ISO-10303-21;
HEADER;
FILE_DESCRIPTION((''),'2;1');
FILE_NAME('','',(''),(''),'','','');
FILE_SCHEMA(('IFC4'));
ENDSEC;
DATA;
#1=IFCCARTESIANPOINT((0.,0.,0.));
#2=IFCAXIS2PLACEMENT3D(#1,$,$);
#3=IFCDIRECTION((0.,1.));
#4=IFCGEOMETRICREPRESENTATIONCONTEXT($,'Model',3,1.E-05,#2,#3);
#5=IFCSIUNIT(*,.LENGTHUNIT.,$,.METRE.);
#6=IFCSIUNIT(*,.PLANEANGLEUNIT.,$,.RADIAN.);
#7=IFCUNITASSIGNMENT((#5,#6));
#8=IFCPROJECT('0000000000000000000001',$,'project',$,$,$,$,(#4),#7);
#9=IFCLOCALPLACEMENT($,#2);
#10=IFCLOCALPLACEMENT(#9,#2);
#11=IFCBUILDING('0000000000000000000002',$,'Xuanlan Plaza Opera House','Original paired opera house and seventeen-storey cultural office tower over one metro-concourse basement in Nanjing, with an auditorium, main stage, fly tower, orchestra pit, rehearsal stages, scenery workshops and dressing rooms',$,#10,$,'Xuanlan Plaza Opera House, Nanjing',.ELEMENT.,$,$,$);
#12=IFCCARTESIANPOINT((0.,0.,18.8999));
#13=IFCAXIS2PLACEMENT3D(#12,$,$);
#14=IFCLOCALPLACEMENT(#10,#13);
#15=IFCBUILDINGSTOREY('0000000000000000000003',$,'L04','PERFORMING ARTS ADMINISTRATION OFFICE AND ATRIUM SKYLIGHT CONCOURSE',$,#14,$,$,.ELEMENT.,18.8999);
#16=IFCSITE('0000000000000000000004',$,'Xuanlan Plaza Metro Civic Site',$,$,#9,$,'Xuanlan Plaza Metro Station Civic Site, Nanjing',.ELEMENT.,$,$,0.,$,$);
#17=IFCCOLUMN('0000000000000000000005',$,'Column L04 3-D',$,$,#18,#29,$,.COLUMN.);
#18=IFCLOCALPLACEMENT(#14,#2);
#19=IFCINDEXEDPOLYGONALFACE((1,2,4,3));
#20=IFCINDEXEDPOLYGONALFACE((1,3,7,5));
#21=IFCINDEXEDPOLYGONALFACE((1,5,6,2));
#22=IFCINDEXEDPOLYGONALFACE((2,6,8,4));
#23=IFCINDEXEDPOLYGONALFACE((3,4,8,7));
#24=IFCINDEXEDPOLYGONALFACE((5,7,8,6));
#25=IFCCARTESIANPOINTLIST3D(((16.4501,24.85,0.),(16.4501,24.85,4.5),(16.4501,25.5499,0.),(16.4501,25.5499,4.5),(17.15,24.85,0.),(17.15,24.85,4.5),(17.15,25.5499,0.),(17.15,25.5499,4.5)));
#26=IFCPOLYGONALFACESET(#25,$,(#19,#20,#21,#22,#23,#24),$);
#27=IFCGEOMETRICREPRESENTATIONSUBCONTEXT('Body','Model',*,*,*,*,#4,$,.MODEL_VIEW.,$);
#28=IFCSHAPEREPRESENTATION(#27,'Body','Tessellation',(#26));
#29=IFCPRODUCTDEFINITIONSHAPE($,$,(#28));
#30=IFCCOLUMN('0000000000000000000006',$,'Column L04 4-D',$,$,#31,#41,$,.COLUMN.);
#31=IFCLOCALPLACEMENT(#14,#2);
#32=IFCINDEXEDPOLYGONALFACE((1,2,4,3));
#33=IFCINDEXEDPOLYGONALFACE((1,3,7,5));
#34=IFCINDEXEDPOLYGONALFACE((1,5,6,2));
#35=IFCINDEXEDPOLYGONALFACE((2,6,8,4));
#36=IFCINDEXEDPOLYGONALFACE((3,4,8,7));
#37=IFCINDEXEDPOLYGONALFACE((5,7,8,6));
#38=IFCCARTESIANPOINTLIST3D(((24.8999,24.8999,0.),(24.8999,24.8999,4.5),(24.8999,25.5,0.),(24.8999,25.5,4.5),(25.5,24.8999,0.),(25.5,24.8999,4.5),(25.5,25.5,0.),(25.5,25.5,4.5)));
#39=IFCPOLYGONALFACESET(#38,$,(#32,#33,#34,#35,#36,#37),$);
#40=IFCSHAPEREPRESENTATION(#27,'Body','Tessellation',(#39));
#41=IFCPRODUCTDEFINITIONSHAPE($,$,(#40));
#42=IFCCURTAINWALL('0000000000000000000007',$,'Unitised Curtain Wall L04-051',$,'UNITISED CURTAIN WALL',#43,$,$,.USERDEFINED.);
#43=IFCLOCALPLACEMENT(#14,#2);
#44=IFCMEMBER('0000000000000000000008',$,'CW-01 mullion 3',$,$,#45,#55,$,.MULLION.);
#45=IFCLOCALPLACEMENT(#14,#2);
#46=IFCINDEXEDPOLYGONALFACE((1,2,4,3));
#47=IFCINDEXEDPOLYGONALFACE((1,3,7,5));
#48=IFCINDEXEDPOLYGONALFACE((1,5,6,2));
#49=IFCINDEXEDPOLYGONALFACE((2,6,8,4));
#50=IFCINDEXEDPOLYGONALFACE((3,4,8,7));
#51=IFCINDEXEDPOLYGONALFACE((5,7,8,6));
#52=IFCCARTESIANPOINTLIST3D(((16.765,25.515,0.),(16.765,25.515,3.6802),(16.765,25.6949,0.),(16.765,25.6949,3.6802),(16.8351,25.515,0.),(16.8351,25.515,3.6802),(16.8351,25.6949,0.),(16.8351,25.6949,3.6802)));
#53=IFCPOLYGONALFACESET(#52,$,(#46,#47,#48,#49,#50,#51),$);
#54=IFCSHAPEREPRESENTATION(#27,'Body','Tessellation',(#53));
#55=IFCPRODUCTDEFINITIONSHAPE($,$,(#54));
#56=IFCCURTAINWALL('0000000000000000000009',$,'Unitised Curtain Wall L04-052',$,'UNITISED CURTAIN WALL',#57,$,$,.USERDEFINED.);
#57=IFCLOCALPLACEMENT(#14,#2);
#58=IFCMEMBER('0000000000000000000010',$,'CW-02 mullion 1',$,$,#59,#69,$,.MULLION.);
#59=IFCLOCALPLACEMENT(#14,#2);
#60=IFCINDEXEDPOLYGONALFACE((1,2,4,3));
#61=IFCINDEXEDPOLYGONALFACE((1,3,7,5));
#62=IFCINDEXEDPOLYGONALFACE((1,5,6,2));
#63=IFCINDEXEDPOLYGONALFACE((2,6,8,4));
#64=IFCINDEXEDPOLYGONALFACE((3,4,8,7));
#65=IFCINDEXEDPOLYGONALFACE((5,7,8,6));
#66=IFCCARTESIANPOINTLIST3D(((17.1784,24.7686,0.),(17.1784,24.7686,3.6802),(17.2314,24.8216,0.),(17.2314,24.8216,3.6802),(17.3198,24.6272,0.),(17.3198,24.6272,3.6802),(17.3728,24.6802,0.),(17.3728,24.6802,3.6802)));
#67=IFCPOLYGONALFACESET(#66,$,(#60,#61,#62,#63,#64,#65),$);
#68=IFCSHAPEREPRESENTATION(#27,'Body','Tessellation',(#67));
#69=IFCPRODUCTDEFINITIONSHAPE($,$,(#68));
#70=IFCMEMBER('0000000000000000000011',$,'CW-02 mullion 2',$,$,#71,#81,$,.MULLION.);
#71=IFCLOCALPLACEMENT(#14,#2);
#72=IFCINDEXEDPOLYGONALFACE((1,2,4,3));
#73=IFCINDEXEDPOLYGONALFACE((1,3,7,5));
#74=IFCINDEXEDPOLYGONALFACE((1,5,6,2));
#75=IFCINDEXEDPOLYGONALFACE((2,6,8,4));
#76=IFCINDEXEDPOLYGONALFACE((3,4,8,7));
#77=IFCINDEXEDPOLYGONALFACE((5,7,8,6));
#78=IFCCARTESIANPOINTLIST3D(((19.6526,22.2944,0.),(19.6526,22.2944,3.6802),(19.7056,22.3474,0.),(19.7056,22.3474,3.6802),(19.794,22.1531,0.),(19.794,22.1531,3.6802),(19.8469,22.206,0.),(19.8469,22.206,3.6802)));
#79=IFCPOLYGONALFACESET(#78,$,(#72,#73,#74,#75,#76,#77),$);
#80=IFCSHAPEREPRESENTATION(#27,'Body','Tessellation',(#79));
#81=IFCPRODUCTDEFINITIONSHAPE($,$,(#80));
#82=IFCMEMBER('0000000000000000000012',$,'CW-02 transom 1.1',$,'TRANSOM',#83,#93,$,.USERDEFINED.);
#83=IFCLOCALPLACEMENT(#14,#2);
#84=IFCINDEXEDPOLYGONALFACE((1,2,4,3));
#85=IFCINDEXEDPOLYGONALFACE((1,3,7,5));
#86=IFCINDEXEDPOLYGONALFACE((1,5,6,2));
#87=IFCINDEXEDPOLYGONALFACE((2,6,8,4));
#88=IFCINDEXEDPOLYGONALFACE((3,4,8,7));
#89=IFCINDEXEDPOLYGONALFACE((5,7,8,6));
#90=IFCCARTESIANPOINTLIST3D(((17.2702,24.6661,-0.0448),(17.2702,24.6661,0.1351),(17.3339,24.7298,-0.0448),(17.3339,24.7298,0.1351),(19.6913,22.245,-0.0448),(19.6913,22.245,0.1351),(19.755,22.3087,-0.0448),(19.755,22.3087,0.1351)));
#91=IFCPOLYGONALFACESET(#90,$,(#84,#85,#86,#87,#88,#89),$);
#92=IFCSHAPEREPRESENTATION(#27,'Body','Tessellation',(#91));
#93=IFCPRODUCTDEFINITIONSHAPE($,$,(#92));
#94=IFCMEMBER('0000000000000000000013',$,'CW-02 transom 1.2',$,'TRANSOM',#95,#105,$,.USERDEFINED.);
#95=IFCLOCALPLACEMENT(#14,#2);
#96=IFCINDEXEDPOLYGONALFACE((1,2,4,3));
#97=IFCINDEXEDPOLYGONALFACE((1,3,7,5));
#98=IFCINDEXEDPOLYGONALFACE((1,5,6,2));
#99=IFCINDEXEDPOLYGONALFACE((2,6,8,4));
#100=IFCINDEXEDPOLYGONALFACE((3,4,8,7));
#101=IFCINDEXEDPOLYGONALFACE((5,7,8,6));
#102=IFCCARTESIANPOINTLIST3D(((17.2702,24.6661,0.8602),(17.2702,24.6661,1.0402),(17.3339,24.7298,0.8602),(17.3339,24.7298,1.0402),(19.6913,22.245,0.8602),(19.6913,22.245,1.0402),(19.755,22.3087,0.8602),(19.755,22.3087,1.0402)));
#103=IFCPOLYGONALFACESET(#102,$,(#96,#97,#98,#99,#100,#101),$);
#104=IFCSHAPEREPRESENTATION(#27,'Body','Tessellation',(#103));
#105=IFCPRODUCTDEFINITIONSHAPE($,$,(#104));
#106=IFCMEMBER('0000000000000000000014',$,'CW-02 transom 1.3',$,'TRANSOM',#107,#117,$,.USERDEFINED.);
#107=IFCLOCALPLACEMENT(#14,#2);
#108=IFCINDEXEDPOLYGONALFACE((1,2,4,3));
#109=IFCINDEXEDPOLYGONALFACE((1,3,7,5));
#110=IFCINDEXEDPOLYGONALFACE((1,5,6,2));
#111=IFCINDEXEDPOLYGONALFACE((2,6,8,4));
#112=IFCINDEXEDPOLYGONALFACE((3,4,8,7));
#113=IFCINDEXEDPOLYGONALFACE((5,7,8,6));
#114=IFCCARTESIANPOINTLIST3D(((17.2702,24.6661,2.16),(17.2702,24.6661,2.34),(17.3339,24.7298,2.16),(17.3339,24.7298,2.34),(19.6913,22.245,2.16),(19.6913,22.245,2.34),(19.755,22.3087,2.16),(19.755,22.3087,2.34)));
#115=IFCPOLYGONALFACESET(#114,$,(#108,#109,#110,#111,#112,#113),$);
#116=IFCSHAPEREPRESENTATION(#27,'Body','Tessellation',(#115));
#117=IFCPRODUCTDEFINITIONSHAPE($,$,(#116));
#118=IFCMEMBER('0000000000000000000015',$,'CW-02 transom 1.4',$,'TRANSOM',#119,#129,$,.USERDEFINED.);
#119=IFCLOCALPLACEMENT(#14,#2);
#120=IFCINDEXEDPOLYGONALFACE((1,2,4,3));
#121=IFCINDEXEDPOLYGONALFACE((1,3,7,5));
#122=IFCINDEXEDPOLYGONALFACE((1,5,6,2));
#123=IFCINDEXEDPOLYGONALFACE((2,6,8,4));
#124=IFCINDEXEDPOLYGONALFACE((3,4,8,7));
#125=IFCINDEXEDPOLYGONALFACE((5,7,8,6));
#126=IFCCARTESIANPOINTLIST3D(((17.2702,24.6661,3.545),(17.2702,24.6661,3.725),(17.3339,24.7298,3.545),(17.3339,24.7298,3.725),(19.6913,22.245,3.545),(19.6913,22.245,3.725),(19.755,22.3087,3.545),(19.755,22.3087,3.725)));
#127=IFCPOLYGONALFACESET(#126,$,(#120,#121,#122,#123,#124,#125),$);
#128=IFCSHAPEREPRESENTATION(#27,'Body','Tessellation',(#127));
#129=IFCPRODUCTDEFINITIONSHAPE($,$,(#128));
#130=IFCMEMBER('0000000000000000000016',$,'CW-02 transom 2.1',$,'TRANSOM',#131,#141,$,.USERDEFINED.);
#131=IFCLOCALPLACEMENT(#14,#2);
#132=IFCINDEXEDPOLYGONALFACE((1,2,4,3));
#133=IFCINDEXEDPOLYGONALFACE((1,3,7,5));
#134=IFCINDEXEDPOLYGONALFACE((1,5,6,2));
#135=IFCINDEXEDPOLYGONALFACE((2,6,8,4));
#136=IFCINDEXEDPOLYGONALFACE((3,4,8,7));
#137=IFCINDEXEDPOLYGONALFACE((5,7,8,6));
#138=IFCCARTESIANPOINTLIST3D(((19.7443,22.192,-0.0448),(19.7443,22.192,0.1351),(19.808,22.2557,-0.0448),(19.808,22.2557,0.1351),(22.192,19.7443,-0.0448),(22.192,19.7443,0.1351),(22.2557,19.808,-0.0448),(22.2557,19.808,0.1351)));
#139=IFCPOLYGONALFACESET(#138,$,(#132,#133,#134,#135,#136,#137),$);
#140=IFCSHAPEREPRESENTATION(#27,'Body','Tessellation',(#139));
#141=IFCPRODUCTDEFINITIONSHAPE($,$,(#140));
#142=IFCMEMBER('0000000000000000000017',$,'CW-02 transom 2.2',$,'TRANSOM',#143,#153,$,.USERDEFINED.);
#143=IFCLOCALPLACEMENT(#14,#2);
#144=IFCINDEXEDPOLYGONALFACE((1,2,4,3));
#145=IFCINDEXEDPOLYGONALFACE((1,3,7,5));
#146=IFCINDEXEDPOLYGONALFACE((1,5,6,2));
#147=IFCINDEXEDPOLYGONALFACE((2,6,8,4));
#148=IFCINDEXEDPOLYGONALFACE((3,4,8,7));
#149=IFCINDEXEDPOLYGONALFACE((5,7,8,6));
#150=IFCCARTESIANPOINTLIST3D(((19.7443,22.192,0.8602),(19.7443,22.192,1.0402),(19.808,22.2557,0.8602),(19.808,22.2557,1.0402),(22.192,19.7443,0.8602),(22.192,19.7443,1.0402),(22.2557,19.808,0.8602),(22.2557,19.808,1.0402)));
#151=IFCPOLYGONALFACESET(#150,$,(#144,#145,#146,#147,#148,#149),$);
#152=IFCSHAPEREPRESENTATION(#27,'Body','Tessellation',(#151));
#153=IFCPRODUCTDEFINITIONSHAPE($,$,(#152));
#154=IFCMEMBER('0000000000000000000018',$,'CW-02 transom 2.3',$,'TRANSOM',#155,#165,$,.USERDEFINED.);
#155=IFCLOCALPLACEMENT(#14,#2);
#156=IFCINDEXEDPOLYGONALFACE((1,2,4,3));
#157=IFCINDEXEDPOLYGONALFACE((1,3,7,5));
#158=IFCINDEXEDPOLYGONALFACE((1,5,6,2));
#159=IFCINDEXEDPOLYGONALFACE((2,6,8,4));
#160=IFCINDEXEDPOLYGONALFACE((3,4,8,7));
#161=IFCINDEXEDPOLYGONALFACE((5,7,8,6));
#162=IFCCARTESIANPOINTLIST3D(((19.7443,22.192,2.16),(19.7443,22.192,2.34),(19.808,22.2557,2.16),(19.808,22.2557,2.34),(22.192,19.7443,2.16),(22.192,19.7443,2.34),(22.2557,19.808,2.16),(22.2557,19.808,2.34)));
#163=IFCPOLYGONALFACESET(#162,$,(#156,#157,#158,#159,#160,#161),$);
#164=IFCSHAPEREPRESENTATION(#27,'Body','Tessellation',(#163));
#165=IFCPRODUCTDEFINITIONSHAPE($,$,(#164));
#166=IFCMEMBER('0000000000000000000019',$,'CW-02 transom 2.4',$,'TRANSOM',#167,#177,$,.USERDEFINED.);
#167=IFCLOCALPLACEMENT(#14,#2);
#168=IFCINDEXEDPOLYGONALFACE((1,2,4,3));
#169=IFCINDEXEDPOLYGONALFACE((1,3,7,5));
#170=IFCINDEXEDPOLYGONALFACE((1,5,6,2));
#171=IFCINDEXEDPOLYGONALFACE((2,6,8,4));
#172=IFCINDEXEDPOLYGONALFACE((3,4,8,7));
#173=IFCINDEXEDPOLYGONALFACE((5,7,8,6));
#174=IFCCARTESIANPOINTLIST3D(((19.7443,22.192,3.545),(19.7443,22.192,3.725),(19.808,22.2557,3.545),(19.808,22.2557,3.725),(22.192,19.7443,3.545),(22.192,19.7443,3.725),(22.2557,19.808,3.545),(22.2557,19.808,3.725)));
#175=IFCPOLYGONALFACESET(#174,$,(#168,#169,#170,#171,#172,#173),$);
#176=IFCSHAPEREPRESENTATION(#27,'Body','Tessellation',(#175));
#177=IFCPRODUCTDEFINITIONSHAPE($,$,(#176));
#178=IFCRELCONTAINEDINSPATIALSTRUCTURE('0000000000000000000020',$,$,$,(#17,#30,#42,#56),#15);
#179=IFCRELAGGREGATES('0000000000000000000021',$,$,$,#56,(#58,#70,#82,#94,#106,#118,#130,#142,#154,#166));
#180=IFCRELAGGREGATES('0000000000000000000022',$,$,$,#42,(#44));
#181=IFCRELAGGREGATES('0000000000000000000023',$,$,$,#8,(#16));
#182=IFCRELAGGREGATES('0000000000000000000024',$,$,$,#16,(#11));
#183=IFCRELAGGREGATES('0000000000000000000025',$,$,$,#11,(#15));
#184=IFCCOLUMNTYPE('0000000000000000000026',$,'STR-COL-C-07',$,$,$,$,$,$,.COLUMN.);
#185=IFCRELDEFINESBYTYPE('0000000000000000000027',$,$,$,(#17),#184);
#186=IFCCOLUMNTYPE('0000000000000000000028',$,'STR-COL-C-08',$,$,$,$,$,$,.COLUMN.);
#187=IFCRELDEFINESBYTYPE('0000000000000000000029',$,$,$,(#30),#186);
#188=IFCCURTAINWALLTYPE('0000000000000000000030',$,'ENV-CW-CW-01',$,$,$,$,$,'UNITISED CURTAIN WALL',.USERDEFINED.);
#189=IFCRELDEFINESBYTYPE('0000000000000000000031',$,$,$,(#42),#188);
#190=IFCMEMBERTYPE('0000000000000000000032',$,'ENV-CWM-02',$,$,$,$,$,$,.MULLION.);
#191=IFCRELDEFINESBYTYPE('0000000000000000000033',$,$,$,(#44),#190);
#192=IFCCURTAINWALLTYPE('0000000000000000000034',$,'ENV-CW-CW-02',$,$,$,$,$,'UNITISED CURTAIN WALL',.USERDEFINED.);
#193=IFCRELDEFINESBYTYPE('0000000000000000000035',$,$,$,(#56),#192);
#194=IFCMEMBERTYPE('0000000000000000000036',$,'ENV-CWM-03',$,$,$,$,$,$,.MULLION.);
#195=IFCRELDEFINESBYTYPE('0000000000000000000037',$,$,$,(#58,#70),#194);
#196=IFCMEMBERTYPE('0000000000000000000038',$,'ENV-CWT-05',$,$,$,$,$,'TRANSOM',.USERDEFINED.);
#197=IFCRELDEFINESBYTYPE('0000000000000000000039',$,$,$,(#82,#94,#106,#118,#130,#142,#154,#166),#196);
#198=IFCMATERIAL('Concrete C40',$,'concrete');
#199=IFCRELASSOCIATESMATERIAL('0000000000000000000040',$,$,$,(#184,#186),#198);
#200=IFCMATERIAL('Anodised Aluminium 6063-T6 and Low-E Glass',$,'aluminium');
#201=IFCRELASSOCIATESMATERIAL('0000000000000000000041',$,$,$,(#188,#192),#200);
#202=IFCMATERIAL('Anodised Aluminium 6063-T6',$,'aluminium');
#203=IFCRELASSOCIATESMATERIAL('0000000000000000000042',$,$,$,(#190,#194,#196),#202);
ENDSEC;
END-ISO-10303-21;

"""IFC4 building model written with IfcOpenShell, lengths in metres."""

from ifc_helpers import new_model, si_unit, direction, frame, origin, origin_2d, place, context, subcontext, project, spatial, rectangle, extrude, material, material_profile, profile_set, type_object, element, aggregate, save


model = new_model("IFC4")

# Units and contexts
model_context = context("Model", 3, precision=1e-05, world=origin(), true_north=direction((0.0, 1.0)))
body_context = subcontext(model_context, "Body", "Model", "MODEL_VIEW")
ifc_project = project(units=[si_unit("LENGTHUNIT", "METRE"), si_unit("PLANEANGLEUNIT", "RADIAN")], contexts=[model_context])

# Site, building, storey
site_placement = place(None, origin())
site = spatial("IfcSite", under=ifc_project, at=site_placement, Name="Xuanlan Plaza Metro Civic Site", LongName="Xuanlan Plaza Metro Station Civic Site, Nanjing", CompositionType="ELEMENT", RefElevation=0.0)
building_placement = place(site_placement, origin())
building = spatial("IfcBuilding", under=site, at=building_placement, Name="Xuanlan Plaza Opera House", Description="Original paired opera house and seventeen-storey cultural office tower over one metro-concourse basement in Nanjing, with an auditorium, main stage, fly tower, orchestra pit, rehearsal stages, scenery workshops and dressing rooms", LongName="Xuanlan Plaza Opera House, Nanjing", CompositionType="ELEMENT")
storey_placement = place(building_placement, frame((0.0, 0.0, 18.8999)))
storey = spatial("IfcBuildingStorey", under=building, at=storey_placement, Name="L04", Description="PERFORMING ARTS ADMINISTRATION OFFICE AND ATRIUM SKYLIGHT CONCOURSE", CompositionType="ELEMENT", Elevation=18.8999)

# Columns
ifc_material_1 = material(Name="Concrete C40", Category="concrete")
ifc_material_profile_1 = material_profile(ifc_material_1, rectangle(XDim=0.7, YDim=0.7, at=origin_2d()), Name="RC-COL 700x700")
ifc_profile_set_1 = profile_set([ifc_material_profile_1], Name="Concrete C40")
column_type_1 = type_object("IfcColumnType", Name="STR-COL-C-07", PredefinedType="COLUMN", material=ifc_profile_set_1)
column_1_placement = place(storey_placement, frame((16.8, 25.2, 0.0), z_axis=(0.0, 0.0, 1.0), x_axis=(1.0, 0.0, 0.0)))
element("IfcColumn", 1, at=column_1_placement, inside=storey, type_object=column_type_1, Name="Column L04 3-D", PredefinedType="COLUMN", context=body_context, shape_type="SweptSolid", body=[
    extrude(rectangle(XDim=0.7, YDim=0.7, at=origin_2d()), origin(), (0.0, 0.0, 1.0), 4.5),
])
ifc_material_profile_2 = material_profile(ifc_material_1, rectangle(XDim=0.6001, YDim=0.6001, at=origin_2d()), Name="RC-COL 600x600")
ifc_profile_set_2 = profile_set([ifc_material_profile_2], Name="Concrete C40")
column_type_2 = type_object("IfcColumnType", Name="STR-COL-C-08", PredefinedType="COLUMN", material=ifc_profile_set_2)
column_2_placement = place(storey_placement, frame((25.2, 25.2, 0.0), z_axis=(0.0, 0.0, 1.0), x_axis=(1.0, 0.0, 0.0)))
element("IfcColumn", 2, at=column_2_placement, inside=storey, type_object=column_type_2, Name="Column L04 4-D", PredefinedType="COLUMN", context=body_context, shape_type="SweptSolid", body=[
    extrude(rectangle(XDim=0.6001, YDim=0.6001, at=origin_2d()), origin(), (0.0, 0.0, 1.0), 4.5),
])

# Curtain wall, member
ifc_material_2 = material(Name="Anodised Aluminium 6063-T6 and Low-E Glass", Category="aluminium")
curtain_wall_type_1 = type_object("IfcCurtainWallType", Name="ENV-CW-CW-01", ElementType="UNITISED CURTAIN WALL", PredefinedType="USERDEFINED", material=ifc_material_2)
curtain_wall_1_placement = place(storey_placement, origin())
curtain_wall_1 = element("IfcCurtainWall", 3, at=curtain_wall_1_placement, inside=storey, type_object=curtain_wall_type_1, Name="Unitised Curtain Wall L04-051", ObjectType="UNITISED CURTAIN WALL", PredefinedType="USERDEFINED")
ifc_material_3 = material(Name="Anodised Aluminium 6063-T6", Category="aluminium")
ifc_material_profile_3 = material_profile(ifc_material_3, rectangle(XDim=0.0701, YDim=0.1799, at=origin_2d()), Name="ALU-M 70x180")
ifc_profile_set_3 = profile_set([ifc_material_profile_3], Name="Anodised Aluminium 6063-T6")
member_type_1 = type_object("IfcMemberType", Name="ENV-CWM-02", PredefinedType="MULLION", material=ifc_profile_set_3)
member_1_placement = place(storey_placement, frame((16.8, 25.605, 0.0), z_axis=(0.0, 0.0, 1.0), x_axis=(1.0, 0.0, 0.0)))
member_1 = element("IfcMember", 4, at=member_1_placement, type_object=member_type_1, Name="CW-01 mullion 3", PredefinedType="MULLION", context=body_context, shape_type="SweptSolid", body=[
    extrude(rectangle(XDim=0.0701, YDim=0.1799, at=origin_2d()), origin(), (0.0, 0.0, 1.0), 3.6802),
])

# Curtain wall, members
curtain_wall_type_2 = type_object("IfcCurtainWallType", Name="ENV-CW-CW-02", ElementType="UNITISED CURTAIN WALL", PredefinedType="USERDEFINED", material=ifc_material_2)
curtain_wall_2_placement = place(storey_placement, origin())
curtain_wall_2 = element("IfcCurtainWall", 5, at=curtain_wall_2_placement, inside=storey, type_object=curtain_wall_type_2, Name="Unitised Curtain Wall L04-052", ObjectType="UNITISED CURTAIN WALL", PredefinedType="USERDEFINED")
ifc_material_profile_4 = material_profile(ifc_material_3, rectangle(XDim=0.075, YDim=0.2, at=origin_2d()), Name="ALU-M 75x200")
ifc_profile_set_4 = profile_set([ifc_material_profile_4], Name="Anodised Aluminium 6063-T6")
member_type_2 = type_object("IfcMemberType", Name="ENV-CWM-03", PredefinedType="MULLION", material=ifc_profile_set_4)
member_2_placement = place(storey_placement, frame((17.2756, 24.7244, 0.0), z_axis=(0.0, 0.0, 1.0), x_axis=(0.707107, 0.707107, 0.0)))
member_2 = element("IfcMember", 6, at=member_2_placement, type_object=member_type_2, Name="CW-02 mullion 1", PredefinedType="MULLION", context=body_context, shape_type="SweptSolid", body=[
    extrude(rectangle(XDim=0.075, YDim=0.2, at=origin_2d()), origin(), (0.0, 0.0, 1.0), 3.6802),
])
member_3_placement = place(storey_placement, frame((19.7498, 22.2502, 0.0), z_axis=(0.0, 0.0, 1.0), x_axis=(0.707107, 0.707107, 0.0)))
member_3 = element("IfcMember", 7, at=member_3_placement, type_object=member_type_2, Name="CW-02 mullion 2", PredefinedType="MULLION", context=body_context, shape_type="SweptSolid", body=[
    extrude(rectangle(XDim=0.075, YDim=0.2, at=origin_2d()), origin(), (0.0, 0.0, 1.0), 3.6802),
])
ifc_material_profile_5 = material_profile(ifc_material_3, rectangle(XDim=0.0901, YDim=0.1799, at=origin_2d()), Name="ALU-T 90x180")
ifc_profile_set_5 = profile_set([ifc_material_profile_5], Name="Anodised Aluminium 6063-T6")
member_type_3 = type_object("IfcMemberType", Name="ENV-CWT-05", ElementType="TRANSOM", PredefinedType="USERDEFINED", material=ifc_profile_set_5)
member_4_placement = place(storey_placement, frame((17.302, 24.698, 0.0452), z_axis=(0.707107, -0.707107, 0.0), x_axis=(0.707107, 0.707107, 0.0)))
member_4 = element("IfcMember", 8, at=member_4_placement, type_object=member_type_3, Name="CW-02 transom 1.1", ObjectType="TRANSOM", PredefinedType="USERDEFINED", context=body_context, shape_type="SweptSolid", body=[
    extrude(rectangle(XDim=0.0901, YDim=0.1799, at=origin_2d()), origin(), (0.0, 0.0, 1.0), 3.4241),
])
member_5_placement = place(storey_placement, frame((17.302, 24.698, 0.9502), z_axis=(0.707107, -0.707107, 0.0), x_axis=(0.707107, 0.707107, 0.0)))
member_5 = element("IfcMember", 9, at=member_5_placement, type_object=member_type_3, Name="CW-02 transom 1.2", ObjectType="TRANSOM", PredefinedType="USERDEFINED", context=body_context, shape_type="SweptSolid", body=[
    extrude(rectangle(XDim=0.0901, YDim=0.1799, at=origin_2d()), origin(), (0.0, 0.0, 1.0), 3.4241),
])
member_6_placement = place(storey_placement, frame((17.302, 24.698, 2.25), z_axis=(0.707107, -0.707107, 0.0), x_axis=(0.707107, 0.707107, 0.0)))
member_6 = element("IfcMember", 10, at=member_6_placement, type_object=member_type_3, Name="CW-02 transom 1.3", ObjectType="TRANSOM", PredefinedType="USERDEFINED", context=body_context, shape_type="SweptSolid", body=[
    extrude(rectangle(XDim=0.0901, YDim=0.1799, at=origin_2d()), origin(), (0.0, 0.0, 1.0), 3.4241),
])
member_7_placement = place(storey_placement, frame((17.302, 24.698, 3.635), z_axis=(0.707107, -0.707107, 0.0), x_axis=(0.707107, 0.707107, 0.0)))
member_7 = element("IfcMember", 11, at=member_7_placement, type_object=member_type_3, Name="CW-02 transom 1.4", ObjectType="TRANSOM", PredefinedType="USERDEFINED", context=body_context, shape_type="SweptSolid", body=[
    extrude(rectangle(XDim=0.0901, YDim=0.1799, at=origin_2d()), origin(), (0.0, 0.0, 1.0), 3.4241),
])
member_8_placement = place(storey_placement, frame((19.7761, 22.2239, 0.0452), z_axis=(0.707107, -0.707107, 0.0), x_axis=(0.707107, 0.707107, 0.0)))
member_8 = element("IfcMember", 12, at=member_8_placement, type_object=member_type_3, Name="CW-02 transom 2.1", ObjectType="TRANSOM", PredefinedType="USERDEFINED", context=body_context, shape_type="SweptSolid", body=[
    extrude(rectangle(XDim=0.0901, YDim=0.1799, at=origin_2d()), origin(), (0.0, 0.0, 1.0), 3.4617),
])
member_9_placement = place(storey_placement, frame((19.7761, 22.2239, 0.9502), z_axis=(0.707107, -0.707107, 0.0), x_axis=(0.707107, 0.707107, 0.0)))
member_9 = element("IfcMember", 13, at=member_9_placement, type_object=member_type_3, Name="CW-02 transom 2.2", ObjectType="TRANSOM", PredefinedType="USERDEFINED", context=body_context, shape_type="SweptSolid", body=[
    extrude(rectangle(XDim=0.0901, YDim=0.1799, at=origin_2d()), origin(), (0.0, 0.0, 1.0), 3.4617),
])
member_10_placement = place(storey_placement, frame((19.7761, 22.2239, 2.25), z_axis=(0.707107, -0.707107, 0.0), x_axis=(0.707107, 0.707107, 0.0)))
member_10 = element("IfcMember", 14, at=member_10_placement, type_object=member_type_3, Name="CW-02 transom 2.3", ObjectType="TRANSOM", PredefinedType="USERDEFINED", context=body_context, shape_type="SweptSolid", body=[
    extrude(rectangle(XDim=0.0901, YDim=0.1799, at=origin_2d()), origin(), (0.0, 0.0, 1.0), 3.4617),
])
member_11_placement = place(storey_placement, frame((19.7761, 22.2239, 3.635), z_axis=(0.707107, -0.707107, 0.0), x_axis=(0.707107, 0.707107, 0.0)))
member_11 = element("IfcMember", 15, at=member_11_placement, type_object=member_type_3, Name="CW-02 transom 2.4", ObjectType="TRANSOM", PredefinedType="USERDEFINED", context=body_context, shape_type="SweptSolid", body=[
    extrude(rectangle(XDim=0.0901, YDim=0.1799, at=origin_2d()), origin(), (0.0, 0.0, 1.0), 3.4617),
])

aggregate(curtain_wall_2, [member_2, member_3, member_4, member_5, member_6, member_7, member_8, member_9, member_10, member_11])
aggregate(curtain_wall_1, [member_1])

save(model, "model.ifc")
